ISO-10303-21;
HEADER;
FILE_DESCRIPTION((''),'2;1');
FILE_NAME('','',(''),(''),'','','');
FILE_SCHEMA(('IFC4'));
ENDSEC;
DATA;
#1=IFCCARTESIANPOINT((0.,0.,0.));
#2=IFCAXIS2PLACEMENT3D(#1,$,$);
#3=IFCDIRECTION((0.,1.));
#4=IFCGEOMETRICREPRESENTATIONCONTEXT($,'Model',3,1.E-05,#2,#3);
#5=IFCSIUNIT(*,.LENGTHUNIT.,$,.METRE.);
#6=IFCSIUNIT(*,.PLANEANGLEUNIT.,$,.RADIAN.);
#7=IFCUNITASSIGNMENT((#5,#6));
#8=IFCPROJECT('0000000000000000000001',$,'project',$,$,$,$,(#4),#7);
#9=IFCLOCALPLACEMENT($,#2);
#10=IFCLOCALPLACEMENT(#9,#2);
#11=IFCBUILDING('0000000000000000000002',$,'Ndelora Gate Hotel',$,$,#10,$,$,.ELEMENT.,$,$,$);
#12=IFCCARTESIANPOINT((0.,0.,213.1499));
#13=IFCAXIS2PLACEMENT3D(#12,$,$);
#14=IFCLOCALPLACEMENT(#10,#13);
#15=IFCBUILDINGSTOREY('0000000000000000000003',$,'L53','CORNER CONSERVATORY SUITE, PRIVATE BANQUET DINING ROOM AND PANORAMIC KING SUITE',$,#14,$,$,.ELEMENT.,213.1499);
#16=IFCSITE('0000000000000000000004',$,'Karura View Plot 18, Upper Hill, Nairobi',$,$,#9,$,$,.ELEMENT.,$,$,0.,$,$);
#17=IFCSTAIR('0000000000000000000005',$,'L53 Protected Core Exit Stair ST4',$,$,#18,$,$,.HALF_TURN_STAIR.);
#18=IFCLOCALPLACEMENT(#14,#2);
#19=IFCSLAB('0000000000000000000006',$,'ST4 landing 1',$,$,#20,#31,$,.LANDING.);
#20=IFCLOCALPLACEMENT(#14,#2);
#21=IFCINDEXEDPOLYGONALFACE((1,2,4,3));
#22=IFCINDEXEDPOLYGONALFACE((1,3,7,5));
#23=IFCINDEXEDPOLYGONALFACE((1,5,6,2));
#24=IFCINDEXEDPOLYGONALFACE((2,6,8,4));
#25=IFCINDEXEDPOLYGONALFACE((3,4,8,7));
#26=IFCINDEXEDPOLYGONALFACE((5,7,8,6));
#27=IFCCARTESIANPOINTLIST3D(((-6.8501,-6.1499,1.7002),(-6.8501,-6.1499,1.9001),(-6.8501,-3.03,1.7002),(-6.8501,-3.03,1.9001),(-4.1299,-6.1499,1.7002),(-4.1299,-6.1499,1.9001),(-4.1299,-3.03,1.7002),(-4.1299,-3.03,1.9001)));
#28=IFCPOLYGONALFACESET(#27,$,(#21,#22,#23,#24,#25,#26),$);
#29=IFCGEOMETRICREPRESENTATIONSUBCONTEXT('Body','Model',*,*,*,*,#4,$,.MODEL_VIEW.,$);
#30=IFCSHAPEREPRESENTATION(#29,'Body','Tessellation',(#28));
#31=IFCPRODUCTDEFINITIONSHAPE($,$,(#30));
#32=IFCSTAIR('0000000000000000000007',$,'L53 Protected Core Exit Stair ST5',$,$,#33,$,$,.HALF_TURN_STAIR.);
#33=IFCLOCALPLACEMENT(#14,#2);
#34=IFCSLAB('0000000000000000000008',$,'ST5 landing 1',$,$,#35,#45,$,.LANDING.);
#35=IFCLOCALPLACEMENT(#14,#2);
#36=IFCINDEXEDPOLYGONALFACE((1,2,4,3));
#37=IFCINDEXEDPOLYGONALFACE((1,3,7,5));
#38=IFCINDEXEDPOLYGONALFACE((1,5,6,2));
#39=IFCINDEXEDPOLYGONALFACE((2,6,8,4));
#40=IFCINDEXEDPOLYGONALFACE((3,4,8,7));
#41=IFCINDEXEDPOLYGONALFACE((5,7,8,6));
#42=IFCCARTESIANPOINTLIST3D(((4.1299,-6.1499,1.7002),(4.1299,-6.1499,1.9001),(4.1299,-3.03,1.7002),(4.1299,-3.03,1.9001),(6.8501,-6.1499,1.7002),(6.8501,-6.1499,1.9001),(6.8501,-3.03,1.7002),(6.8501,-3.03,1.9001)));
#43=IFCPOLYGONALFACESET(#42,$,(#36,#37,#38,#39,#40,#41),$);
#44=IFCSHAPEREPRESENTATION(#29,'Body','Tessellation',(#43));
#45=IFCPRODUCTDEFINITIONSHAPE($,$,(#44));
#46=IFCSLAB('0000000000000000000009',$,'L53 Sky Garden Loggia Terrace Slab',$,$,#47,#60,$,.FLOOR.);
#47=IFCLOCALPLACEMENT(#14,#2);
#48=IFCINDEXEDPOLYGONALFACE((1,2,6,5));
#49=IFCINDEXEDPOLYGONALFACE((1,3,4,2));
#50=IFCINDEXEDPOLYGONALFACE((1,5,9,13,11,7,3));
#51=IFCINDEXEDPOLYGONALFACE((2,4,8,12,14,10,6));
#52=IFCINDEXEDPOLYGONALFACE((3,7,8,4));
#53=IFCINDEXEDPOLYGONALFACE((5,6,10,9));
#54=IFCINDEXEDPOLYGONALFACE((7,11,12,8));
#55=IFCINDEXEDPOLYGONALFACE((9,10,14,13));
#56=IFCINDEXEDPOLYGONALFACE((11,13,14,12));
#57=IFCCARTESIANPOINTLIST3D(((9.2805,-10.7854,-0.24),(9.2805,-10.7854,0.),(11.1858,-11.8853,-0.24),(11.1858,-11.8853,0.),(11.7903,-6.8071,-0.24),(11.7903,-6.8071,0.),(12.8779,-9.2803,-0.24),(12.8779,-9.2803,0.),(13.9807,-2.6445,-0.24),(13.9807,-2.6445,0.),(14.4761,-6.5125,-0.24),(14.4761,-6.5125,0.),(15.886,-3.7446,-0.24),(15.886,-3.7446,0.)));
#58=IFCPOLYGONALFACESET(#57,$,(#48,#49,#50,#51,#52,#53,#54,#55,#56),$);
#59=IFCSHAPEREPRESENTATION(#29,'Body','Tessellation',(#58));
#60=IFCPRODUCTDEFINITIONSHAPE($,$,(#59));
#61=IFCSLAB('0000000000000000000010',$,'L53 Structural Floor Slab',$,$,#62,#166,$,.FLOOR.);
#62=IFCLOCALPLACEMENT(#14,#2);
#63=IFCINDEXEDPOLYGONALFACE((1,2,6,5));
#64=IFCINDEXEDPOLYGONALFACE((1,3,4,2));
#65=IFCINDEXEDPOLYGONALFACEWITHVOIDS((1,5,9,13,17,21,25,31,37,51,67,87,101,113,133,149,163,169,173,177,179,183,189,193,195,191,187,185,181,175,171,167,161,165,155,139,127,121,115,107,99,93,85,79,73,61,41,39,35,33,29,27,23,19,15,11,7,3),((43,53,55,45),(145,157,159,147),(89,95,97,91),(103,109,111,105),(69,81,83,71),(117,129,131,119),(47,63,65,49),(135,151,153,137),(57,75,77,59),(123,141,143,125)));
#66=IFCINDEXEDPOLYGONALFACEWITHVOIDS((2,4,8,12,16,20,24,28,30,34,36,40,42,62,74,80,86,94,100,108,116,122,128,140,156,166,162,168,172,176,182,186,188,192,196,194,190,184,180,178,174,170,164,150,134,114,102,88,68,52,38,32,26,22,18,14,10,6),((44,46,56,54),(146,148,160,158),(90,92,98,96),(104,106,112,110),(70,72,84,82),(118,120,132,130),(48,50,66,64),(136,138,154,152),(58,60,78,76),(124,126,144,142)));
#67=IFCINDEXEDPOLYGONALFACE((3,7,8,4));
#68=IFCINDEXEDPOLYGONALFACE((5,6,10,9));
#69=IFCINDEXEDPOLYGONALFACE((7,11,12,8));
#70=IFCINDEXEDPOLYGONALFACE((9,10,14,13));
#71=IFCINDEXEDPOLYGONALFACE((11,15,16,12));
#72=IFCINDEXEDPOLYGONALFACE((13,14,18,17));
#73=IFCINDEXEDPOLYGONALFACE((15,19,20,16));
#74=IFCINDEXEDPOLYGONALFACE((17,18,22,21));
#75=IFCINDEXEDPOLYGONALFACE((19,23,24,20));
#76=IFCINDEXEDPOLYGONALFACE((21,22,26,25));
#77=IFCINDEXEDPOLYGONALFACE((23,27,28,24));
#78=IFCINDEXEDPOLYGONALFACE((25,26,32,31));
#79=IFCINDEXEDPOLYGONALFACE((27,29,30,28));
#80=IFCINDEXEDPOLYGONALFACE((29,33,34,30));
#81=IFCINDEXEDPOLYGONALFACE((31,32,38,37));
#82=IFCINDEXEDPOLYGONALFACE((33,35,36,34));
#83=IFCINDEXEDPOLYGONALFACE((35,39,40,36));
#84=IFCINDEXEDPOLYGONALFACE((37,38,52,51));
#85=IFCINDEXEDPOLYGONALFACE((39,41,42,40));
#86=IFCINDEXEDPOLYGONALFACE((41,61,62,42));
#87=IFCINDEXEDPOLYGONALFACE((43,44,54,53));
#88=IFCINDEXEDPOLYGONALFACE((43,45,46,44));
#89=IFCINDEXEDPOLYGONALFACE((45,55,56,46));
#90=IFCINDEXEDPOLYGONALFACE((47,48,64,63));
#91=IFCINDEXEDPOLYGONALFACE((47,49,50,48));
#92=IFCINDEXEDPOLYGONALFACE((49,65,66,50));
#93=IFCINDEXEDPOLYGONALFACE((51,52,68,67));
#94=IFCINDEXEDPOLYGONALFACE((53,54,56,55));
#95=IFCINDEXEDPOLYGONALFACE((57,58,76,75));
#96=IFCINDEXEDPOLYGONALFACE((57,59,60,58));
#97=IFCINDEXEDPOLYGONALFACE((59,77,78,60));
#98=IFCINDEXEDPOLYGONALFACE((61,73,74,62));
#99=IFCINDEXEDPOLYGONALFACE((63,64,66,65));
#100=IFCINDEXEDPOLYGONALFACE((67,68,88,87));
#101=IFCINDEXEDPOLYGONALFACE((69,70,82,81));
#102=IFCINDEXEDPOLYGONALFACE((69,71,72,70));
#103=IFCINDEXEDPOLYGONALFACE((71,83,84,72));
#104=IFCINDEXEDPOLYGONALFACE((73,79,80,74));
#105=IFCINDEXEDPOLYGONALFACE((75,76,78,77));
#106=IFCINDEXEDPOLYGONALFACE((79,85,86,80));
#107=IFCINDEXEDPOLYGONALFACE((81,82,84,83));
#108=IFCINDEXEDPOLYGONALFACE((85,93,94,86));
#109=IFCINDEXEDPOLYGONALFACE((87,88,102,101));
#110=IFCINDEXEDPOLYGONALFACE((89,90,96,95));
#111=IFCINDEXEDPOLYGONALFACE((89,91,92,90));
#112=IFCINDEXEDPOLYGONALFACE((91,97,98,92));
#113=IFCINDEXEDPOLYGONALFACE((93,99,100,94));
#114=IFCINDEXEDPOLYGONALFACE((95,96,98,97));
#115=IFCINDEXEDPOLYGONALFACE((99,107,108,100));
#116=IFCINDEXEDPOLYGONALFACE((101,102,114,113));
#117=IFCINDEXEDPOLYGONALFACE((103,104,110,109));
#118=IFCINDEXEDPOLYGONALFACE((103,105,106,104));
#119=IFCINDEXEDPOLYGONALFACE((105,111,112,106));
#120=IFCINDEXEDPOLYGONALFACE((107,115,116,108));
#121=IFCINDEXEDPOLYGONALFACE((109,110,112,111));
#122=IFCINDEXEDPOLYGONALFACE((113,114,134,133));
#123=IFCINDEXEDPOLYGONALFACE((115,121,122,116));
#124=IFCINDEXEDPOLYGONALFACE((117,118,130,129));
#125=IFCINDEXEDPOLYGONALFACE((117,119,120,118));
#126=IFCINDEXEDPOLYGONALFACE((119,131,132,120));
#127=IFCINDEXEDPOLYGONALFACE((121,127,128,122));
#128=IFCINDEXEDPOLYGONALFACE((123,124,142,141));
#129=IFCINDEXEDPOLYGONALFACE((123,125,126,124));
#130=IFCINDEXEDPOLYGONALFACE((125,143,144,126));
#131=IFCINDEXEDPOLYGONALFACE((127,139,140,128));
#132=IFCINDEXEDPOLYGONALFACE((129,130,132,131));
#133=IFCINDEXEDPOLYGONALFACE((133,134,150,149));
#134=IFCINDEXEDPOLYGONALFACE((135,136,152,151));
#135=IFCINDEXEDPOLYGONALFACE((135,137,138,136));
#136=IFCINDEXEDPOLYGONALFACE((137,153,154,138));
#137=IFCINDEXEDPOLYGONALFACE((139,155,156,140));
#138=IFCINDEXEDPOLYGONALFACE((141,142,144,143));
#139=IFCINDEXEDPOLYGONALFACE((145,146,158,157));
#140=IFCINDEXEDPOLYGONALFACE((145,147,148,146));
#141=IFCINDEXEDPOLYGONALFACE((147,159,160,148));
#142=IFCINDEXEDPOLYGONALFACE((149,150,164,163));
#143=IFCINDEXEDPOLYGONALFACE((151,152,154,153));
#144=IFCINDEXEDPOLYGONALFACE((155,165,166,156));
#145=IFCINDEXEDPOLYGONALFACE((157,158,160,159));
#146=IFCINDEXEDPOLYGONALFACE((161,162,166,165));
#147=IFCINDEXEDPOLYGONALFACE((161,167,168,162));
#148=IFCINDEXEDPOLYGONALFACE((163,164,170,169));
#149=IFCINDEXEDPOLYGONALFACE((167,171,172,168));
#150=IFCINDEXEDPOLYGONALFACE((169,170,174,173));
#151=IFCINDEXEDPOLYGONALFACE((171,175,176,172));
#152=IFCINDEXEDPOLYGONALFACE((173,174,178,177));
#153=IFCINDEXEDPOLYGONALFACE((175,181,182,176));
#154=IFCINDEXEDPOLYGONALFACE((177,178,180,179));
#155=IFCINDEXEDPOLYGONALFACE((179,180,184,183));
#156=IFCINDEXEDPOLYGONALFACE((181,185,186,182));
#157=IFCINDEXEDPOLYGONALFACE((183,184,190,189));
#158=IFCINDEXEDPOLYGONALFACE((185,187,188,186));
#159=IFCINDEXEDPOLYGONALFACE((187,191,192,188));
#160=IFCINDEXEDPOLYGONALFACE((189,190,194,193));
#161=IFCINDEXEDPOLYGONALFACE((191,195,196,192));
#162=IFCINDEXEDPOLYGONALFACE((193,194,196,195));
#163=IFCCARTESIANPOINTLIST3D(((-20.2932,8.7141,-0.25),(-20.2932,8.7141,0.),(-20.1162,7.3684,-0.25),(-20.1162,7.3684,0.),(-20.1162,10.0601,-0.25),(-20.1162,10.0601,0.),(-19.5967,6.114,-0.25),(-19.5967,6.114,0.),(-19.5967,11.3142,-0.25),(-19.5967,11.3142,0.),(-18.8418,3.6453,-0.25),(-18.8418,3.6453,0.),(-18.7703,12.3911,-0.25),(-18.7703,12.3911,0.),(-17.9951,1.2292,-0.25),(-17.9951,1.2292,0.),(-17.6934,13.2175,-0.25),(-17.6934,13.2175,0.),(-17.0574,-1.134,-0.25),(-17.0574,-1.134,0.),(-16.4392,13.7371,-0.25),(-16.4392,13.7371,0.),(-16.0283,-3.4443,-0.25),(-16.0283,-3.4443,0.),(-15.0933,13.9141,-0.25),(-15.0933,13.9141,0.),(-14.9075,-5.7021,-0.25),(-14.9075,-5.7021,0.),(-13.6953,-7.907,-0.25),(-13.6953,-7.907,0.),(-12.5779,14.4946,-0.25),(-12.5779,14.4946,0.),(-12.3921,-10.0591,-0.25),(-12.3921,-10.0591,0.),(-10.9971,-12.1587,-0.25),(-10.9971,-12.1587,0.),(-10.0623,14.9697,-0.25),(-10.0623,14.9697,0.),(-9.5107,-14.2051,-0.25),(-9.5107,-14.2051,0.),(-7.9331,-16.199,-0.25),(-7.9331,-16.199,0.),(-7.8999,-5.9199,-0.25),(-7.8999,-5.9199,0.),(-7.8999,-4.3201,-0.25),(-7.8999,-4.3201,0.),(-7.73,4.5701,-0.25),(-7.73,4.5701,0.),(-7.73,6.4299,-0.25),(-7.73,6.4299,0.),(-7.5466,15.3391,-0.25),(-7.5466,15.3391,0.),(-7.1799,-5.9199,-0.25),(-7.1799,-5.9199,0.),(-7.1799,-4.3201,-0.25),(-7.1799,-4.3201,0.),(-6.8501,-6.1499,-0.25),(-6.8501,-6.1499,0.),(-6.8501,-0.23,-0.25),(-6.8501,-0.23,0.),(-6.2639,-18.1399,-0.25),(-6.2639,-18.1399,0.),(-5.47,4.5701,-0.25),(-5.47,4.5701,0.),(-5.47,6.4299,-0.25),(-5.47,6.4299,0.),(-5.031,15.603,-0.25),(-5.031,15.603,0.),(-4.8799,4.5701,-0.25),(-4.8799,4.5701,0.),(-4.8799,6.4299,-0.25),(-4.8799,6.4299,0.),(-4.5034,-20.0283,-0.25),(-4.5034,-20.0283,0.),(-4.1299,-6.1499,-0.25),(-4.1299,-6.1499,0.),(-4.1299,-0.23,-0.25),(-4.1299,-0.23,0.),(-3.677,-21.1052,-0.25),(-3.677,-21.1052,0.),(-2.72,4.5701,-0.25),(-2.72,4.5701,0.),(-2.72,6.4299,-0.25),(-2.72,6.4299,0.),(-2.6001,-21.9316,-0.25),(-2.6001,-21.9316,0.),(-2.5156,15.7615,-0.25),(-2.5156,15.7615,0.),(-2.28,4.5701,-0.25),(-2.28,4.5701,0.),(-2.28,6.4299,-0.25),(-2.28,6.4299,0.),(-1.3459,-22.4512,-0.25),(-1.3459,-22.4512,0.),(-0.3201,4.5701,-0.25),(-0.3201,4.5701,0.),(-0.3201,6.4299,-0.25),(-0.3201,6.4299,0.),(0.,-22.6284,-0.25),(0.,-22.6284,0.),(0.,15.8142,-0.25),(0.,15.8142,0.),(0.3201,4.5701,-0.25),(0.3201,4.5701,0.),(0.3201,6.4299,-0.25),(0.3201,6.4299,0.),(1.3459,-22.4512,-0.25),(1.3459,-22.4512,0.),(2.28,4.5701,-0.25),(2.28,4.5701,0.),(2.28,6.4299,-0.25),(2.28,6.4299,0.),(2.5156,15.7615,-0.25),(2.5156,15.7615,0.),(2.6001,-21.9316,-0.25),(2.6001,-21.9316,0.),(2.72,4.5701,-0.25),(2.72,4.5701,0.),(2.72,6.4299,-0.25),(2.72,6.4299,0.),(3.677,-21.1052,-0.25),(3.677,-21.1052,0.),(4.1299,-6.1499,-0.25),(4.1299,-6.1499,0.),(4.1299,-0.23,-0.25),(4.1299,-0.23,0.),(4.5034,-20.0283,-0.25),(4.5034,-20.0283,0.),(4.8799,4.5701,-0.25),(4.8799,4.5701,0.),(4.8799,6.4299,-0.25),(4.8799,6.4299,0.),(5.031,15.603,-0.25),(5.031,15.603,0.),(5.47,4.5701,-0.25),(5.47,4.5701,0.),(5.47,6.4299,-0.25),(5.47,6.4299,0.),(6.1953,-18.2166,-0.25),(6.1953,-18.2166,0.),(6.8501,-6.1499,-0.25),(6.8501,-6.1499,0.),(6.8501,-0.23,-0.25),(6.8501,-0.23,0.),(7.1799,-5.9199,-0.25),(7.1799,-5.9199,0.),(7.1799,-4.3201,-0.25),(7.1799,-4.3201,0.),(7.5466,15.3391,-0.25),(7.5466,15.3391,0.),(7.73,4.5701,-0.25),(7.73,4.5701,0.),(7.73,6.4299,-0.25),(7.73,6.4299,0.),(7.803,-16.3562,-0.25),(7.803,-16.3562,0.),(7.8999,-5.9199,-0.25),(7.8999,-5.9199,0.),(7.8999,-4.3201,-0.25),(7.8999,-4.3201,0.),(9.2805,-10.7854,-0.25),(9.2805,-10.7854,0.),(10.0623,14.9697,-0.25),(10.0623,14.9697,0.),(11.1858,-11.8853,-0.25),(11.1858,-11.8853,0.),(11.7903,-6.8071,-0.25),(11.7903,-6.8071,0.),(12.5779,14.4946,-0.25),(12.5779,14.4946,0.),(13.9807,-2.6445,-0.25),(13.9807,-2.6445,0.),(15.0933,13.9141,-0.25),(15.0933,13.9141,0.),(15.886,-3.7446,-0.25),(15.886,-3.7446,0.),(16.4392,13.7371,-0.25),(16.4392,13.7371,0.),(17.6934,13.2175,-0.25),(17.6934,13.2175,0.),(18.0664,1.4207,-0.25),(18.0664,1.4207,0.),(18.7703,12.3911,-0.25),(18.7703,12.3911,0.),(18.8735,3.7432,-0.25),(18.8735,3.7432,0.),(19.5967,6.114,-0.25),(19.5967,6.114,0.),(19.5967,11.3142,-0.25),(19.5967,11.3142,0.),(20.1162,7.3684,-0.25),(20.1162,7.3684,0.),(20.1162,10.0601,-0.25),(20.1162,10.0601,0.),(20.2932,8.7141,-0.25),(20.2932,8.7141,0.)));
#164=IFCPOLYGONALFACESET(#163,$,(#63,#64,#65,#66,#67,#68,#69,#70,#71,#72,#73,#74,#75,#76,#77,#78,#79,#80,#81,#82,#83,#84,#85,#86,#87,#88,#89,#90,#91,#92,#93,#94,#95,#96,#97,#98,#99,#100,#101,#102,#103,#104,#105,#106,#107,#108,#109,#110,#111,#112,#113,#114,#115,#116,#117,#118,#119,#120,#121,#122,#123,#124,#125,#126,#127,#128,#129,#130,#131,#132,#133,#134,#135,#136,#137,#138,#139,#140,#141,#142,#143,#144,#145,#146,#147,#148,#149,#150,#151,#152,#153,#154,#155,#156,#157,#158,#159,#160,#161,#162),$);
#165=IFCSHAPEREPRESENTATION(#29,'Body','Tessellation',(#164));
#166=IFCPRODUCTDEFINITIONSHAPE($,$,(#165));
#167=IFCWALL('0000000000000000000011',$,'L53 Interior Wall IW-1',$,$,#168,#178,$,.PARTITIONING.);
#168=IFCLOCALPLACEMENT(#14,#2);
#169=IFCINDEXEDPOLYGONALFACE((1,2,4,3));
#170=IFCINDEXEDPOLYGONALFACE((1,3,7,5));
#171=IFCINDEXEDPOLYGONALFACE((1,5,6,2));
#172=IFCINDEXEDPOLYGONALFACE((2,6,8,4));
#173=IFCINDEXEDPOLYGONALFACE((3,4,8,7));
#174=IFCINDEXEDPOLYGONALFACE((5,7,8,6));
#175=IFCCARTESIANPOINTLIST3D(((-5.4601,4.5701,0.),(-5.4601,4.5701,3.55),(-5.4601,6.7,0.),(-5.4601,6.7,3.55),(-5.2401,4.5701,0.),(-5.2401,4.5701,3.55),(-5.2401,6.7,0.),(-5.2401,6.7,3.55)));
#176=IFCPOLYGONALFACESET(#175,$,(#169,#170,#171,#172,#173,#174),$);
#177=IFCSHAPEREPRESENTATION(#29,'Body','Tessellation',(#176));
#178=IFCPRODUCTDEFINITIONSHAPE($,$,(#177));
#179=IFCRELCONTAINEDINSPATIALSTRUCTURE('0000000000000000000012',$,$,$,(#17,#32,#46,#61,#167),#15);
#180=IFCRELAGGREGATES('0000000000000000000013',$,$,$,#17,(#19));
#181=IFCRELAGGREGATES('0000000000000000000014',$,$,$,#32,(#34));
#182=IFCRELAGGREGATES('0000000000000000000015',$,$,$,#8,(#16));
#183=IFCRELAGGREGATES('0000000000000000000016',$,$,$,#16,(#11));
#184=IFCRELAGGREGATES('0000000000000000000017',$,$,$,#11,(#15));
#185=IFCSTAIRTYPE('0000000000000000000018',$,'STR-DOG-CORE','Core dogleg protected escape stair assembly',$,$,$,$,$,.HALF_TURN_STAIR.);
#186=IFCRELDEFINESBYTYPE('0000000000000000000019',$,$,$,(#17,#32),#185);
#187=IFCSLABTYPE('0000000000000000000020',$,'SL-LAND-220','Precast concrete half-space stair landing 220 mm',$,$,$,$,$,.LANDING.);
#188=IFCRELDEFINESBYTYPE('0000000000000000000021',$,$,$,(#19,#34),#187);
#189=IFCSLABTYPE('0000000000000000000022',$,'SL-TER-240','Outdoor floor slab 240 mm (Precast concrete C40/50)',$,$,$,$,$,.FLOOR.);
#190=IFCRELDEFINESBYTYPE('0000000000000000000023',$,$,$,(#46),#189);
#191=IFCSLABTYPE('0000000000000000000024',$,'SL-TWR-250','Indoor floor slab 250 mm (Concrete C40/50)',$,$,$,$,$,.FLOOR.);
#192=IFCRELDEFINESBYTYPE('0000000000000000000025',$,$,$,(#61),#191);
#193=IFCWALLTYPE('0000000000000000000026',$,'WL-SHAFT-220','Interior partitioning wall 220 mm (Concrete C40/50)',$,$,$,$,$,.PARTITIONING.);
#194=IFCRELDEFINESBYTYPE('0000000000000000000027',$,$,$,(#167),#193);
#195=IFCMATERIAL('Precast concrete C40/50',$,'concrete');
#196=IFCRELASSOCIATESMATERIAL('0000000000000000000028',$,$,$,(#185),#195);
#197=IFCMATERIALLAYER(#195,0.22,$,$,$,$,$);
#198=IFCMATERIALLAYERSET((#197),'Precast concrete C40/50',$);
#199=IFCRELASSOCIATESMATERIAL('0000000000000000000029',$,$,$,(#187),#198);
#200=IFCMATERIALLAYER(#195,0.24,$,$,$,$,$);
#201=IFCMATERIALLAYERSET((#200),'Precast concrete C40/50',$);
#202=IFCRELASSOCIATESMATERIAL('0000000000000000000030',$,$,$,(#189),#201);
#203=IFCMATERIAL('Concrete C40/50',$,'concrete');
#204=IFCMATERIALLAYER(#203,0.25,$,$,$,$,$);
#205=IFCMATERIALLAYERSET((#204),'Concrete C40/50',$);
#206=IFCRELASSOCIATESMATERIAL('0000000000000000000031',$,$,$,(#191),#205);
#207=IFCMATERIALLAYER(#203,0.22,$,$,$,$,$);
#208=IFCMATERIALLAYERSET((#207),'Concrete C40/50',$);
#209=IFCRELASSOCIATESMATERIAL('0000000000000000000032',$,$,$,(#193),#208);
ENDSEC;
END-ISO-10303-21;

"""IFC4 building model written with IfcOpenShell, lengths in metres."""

from ifc_helpers import new_model, si_unit, direction, frame, frame_2d, origin, place, context, subcontext, project, spatial, polyline, rectangle, outline, extrude, material, layer, layer_set, type_object, element, aggregate, save


model = new_model("IFC4")

# Units and contexts
model_context = context("Model", 3, precision=1e-05, world=origin(), true_north=direction((0.0, 1.0)))
body_context = subcontext(model_context, "Body", "Model", "MODEL_VIEW")
ifc_project = project(units=[si_unit("LENGTHUNIT", "METRE"), si_unit("PLANEANGLEUNIT", "RADIAN")], contexts=[model_context])

# Site, building, storey
site_placement = place(None, origin())
site = spatial("IfcSite", under=ifc_project, at=site_placement, Name="Karura View Plot 18, Upper Hill, Nairobi", CompositionType="ELEMENT", RefElevation=0.0)
building_placement = place(site_placement, origin())
building = spatial("IfcBuilding", under=site, at=building_placement, Name="Ndelora Gate Hotel", CompositionType="ELEMENT")
storey_placement = place(building_placement, frame((0.0, 0.0, 213.1499)))
storey = spatial("IfcBuildingStorey", under=building, at=storey_placement, Name="L53", Description="CORNER CONSERVATORY SUITE, PRIVATE BANQUET DINING ROOM AND PANORAMIC KING SUITE", CompositionType="ELEMENT", Elevation=213.1499)

# Stairs, slabs
ifc_material_1 = material(Name="Precast concrete C40/50", Category="concrete")
stair_type = type_object("IfcStairType", Name="STR-DOG-CORE", Description="Core dogleg protected escape stair assembly", PredefinedType="HALF_TURN_STAIR", material=ifc_material_1)
stair_1_placement = place(storey_placement, origin())
stair_1 = element("IfcStair", 1, at=stair_1_placement, inside=storey, type_object=stair_type, Name="L53 Protected Core Exit Stair ST4", PredefinedType="HALF_TURN_STAIR")
ifc_layer_1 = layer(ifc_material_1, 0.22)
ifc_layer_set_1 = layer_set([ifc_layer_1], Name="Precast concrete C40/50")
slab_type_1 = type_object("IfcSlabType", Name="SL-LAND-220", Description="Precast concrete half-space stair landing 220 mm", PredefinedType="LANDING", material=ifc_layer_set_1)
slab_1_placement = place(storey_placement, frame((0.0, 0.0, 1.7002)))
slab_1 = element("IfcSlab", 2, at=slab_1_placement, type_object=slab_type_1, Name="ST4 landing 1", PredefinedType="LANDING", context=body_context, shape_type="SweptSolid", body=[
    extrude(outline(polyline([(-6.8501, -3.03), (-6.8501, -6.1499), (-4.1299, -6.1499), (-4.1299, -3.03), (-6.8501, -3.03)])), origin(), (0.0, 0.0, 1.0), 0.2),
])
aggregate(stair_1, [slab_1])
stair_2_placement = place(storey_placement, origin())
stair_2 = element("IfcStair", 3, at=stair_2_placement, inside=storey, type_object=stair_type, Name="L53 Protected Core Exit Stair ST5", PredefinedType="HALF_TURN_STAIR")
slab_2_placement = place(storey_placement, frame((0.0, 0.0, 1.7002)))
slab_2 = element("IfcSlab", 4, at=slab_2_placement, type_object=slab_type_1, Name="ST5 landing 1", PredefinedType="LANDING", context=body_context, shape_type="SweptSolid", body=[
    extrude(outline(polyline([(4.1299, -3.03), (4.1299, -6.1499), (6.8501, -6.1499), (6.8501, -3.03), (4.1299, -3.03)])), origin(), (0.0, 0.0, 1.0), 0.2),
])
aggregate(stair_2, [slab_2])

# Slabs
ifc_layer_2 = layer(ifc_material_1, 0.24)
ifc_layer_set_2 = layer_set([ifc_layer_2], Name="Precast concrete C40/50")
slab_type_2 = type_object("IfcSlabType", Name="SL-TER-240", Description="Outdoor floor slab 240 mm (Precast concrete C40/50)", PredefinedType="FLOOR", material=ifc_layer_set_2)
slab_3_placement = place(storey_placement, frame((0.0, 0.0, -0.24)))
element("IfcSlab", 5, at=slab_3_placement, inside=storey, type_object=slab_type_2, Name="L53 Sky Garden Loggia Terrace Slab", PredefinedType="FLOOR", context=body_context, shape_type="SweptSolid", body=[
    extrude(outline(polyline([(9.2805, -10.7854), (11.1858, -11.8853), (12.8779, -9.2803), (14.4761, -6.5125), (15.886, -3.7446), (13.9807, -2.6445), (11.7903, -6.8071), (9.2805, -10.7854)])), origin(), (0.0, 0.0, 1.0), 0.24),
])
ifc_material_2 = material(Name="Concrete C40/50", Category="concrete")
ifc_layer_3 = layer(ifc_material_2, 0.25)
ifc_layer_set_3 = layer_set([ifc_layer_3], Name="Concrete C40/50")
slab_type_3 = type_object("IfcSlabType", Name="SL-TWR-250", Description="Indoor floor slab 250 mm (Concrete C40/50)", PredefinedType="FLOOR", material=ifc_layer_set_3)
slab_4_placement = place(storey_placement, frame((0.0, 0.0, -0.25)))
element("IfcSlab", 6, at=slab_4_placement, inside=storey, type_object=slab_type_3, Name="L53 Structural Floor Slab", PredefinedType="FLOOR", context=body_context, shape_type="SweptSolid", body=[
    extrude(outline(polyline([(-15.0933, 13.9141), (-16.4392, 13.7371), (-17.6934, 13.2175), (-18.7703, 12.3911), (-19.5967, 11.3142), (-20.1162, 10.0601), (-20.2932, 8.7141), (-20.1162, 7.3684), (-19.5967, 6.114), (-18.8418, 3.6453), (-17.9951, 1.2292), (-17.0574, -1.134), (-16.0283, -3.4443), (-14.9075, -5.7021), (-13.6953, -7.907), (-12.3921, -10.0591), (-10.9971, -12.1587), (-9.5107, -14.2051), (-7.9331, -16.199), (-6.2639, -18.1399), (-4.5034, -20.0283), (-3.677, -21.1052), (-2.6001, -21.9316), (-1.3459, -22.4512), (0.0, -22.6284), (1.3459, -22.4512), (2.6001, -21.9316), (3.677, -21.1052), (4.5034, -20.0283), (6.1953, -18.2166), (7.803, -16.3562), (11.1858, -11.8853), (9.2805, -10.7854), (11.7903, -6.8071), (13.9807, -2.6445), (15.886, -3.7446), (18.0664, 1.4207), (18.8735, 3.7432), (19.5967, 6.114), (20.1162, 7.3684), (20.2932, 8.7141), (20.1162, 10.0601), (19.5967, 11.3142), (18.7703, 12.3911), (17.6934, 13.2175), (16.4392, 13.7371), (15.0933, 13.9141), (12.5779, 14.4946), (10.0623, 14.9697), (7.5466, 15.3391), (5.031, 15.603), (2.5156, 15.7615), (0.0, 15.8142), (-2.5156, 15.7615), (-5.031, 15.603), (-7.5466, 15.3391), (-10.0623, 14.9697), (-12.5779, 14.4946), (-15.0933, 13.9141)]), holes=[polyline([(-6.8501, -0.23), (-6.8501, -6.1499), (-4.1299, -6.1499), (-4.1299, -0.23), (-6.8501, -0.23)]), polyline([(4.1299, -0.23), (4.1299, -6.1499), (6.8501, -6.1499), (6.8501, -0.23), (4.1299, -0.23)]), polyline([(-7.73, 4.5701), (-5.47, 4.5701), (-5.47, 6.4299), (-7.73, 6.4299), (-7.73, 4.5701)]), polyline([(5.47, 4.5701), (7.73, 4.5701), (7.73, 6.4299), (5.47, 6.4299), (5.47, 4.5701)]), polyline([(-4.8799, 4.5701), (-2.72, 4.5701), (-2.72, 6.4299), (-4.8799, 6.4299), (-4.8799, 4.5701)]), polyline([(2.72, 4.5701), (4.8799, 4.5701), (4.8799, 6.4299), (2.72, 6.4299), (2.72, 4.5701)]), polyline([(-2.28, 4.5701), (-0.3201, 4.5701), (-0.3201, 6.4299), (-2.28, 6.4299), (-2.28, 4.5701)]), polyline([(0.3201, 4.5701), (2.28, 4.5701), (2.28, 6.4299), (0.3201, 6.4299), (0.3201, 4.5701)]), polyline([(-7.8999, -5.9199), (-7.1799, -5.9199), (-7.1799, -4.3201), (-7.8999, -4.3201), (-7.8999, -5.9199)]), polyline([(7.1799, -5.9199), (7.8999, -5.9199), (7.8999, -4.3201), (7.1799, -4.3201), (7.1799, -5.9199)])]), origin(), (0.0, 0.0, 1.0), 0.25),
])

# Wall
ifc_layer_4 = layer(ifc_material_2, 0.22)
ifc_layer_set_4 = layer_set([ifc_layer_4], Name="Concrete C40/50")
wall_type_1 = type_object("IfcWallType", Name="WL-SHAFT-220", Description="Interior partitioning wall 220 mm (Concrete C40/50)", PredefinedType="PARTITIONING", material=ifc_layer_set_4)
wall_1_placement = place(storey_placement, frame((-5.3501, 4.5701, 0.0), z_axis=(0.0, 0.0, 1.0), x_axis=(0.0, 1.0, 0.0)))
element("IfcWall", 7, at=wall_1_placement, inside=storey, type_object=wall_type_1, Name="L53 Interior Wall IW-1", PredefinedType="PARTITIONING", context=body_context, shape_type="SweptSolid", body=[
    extrude(rectangle(XDim=2.1299, YDim=0.22, at=frame_2d((1.0649, 0.0))), origin(), (0.0, 0.0, 1.0), 3.55),
])

save(model, "model.ifc")
